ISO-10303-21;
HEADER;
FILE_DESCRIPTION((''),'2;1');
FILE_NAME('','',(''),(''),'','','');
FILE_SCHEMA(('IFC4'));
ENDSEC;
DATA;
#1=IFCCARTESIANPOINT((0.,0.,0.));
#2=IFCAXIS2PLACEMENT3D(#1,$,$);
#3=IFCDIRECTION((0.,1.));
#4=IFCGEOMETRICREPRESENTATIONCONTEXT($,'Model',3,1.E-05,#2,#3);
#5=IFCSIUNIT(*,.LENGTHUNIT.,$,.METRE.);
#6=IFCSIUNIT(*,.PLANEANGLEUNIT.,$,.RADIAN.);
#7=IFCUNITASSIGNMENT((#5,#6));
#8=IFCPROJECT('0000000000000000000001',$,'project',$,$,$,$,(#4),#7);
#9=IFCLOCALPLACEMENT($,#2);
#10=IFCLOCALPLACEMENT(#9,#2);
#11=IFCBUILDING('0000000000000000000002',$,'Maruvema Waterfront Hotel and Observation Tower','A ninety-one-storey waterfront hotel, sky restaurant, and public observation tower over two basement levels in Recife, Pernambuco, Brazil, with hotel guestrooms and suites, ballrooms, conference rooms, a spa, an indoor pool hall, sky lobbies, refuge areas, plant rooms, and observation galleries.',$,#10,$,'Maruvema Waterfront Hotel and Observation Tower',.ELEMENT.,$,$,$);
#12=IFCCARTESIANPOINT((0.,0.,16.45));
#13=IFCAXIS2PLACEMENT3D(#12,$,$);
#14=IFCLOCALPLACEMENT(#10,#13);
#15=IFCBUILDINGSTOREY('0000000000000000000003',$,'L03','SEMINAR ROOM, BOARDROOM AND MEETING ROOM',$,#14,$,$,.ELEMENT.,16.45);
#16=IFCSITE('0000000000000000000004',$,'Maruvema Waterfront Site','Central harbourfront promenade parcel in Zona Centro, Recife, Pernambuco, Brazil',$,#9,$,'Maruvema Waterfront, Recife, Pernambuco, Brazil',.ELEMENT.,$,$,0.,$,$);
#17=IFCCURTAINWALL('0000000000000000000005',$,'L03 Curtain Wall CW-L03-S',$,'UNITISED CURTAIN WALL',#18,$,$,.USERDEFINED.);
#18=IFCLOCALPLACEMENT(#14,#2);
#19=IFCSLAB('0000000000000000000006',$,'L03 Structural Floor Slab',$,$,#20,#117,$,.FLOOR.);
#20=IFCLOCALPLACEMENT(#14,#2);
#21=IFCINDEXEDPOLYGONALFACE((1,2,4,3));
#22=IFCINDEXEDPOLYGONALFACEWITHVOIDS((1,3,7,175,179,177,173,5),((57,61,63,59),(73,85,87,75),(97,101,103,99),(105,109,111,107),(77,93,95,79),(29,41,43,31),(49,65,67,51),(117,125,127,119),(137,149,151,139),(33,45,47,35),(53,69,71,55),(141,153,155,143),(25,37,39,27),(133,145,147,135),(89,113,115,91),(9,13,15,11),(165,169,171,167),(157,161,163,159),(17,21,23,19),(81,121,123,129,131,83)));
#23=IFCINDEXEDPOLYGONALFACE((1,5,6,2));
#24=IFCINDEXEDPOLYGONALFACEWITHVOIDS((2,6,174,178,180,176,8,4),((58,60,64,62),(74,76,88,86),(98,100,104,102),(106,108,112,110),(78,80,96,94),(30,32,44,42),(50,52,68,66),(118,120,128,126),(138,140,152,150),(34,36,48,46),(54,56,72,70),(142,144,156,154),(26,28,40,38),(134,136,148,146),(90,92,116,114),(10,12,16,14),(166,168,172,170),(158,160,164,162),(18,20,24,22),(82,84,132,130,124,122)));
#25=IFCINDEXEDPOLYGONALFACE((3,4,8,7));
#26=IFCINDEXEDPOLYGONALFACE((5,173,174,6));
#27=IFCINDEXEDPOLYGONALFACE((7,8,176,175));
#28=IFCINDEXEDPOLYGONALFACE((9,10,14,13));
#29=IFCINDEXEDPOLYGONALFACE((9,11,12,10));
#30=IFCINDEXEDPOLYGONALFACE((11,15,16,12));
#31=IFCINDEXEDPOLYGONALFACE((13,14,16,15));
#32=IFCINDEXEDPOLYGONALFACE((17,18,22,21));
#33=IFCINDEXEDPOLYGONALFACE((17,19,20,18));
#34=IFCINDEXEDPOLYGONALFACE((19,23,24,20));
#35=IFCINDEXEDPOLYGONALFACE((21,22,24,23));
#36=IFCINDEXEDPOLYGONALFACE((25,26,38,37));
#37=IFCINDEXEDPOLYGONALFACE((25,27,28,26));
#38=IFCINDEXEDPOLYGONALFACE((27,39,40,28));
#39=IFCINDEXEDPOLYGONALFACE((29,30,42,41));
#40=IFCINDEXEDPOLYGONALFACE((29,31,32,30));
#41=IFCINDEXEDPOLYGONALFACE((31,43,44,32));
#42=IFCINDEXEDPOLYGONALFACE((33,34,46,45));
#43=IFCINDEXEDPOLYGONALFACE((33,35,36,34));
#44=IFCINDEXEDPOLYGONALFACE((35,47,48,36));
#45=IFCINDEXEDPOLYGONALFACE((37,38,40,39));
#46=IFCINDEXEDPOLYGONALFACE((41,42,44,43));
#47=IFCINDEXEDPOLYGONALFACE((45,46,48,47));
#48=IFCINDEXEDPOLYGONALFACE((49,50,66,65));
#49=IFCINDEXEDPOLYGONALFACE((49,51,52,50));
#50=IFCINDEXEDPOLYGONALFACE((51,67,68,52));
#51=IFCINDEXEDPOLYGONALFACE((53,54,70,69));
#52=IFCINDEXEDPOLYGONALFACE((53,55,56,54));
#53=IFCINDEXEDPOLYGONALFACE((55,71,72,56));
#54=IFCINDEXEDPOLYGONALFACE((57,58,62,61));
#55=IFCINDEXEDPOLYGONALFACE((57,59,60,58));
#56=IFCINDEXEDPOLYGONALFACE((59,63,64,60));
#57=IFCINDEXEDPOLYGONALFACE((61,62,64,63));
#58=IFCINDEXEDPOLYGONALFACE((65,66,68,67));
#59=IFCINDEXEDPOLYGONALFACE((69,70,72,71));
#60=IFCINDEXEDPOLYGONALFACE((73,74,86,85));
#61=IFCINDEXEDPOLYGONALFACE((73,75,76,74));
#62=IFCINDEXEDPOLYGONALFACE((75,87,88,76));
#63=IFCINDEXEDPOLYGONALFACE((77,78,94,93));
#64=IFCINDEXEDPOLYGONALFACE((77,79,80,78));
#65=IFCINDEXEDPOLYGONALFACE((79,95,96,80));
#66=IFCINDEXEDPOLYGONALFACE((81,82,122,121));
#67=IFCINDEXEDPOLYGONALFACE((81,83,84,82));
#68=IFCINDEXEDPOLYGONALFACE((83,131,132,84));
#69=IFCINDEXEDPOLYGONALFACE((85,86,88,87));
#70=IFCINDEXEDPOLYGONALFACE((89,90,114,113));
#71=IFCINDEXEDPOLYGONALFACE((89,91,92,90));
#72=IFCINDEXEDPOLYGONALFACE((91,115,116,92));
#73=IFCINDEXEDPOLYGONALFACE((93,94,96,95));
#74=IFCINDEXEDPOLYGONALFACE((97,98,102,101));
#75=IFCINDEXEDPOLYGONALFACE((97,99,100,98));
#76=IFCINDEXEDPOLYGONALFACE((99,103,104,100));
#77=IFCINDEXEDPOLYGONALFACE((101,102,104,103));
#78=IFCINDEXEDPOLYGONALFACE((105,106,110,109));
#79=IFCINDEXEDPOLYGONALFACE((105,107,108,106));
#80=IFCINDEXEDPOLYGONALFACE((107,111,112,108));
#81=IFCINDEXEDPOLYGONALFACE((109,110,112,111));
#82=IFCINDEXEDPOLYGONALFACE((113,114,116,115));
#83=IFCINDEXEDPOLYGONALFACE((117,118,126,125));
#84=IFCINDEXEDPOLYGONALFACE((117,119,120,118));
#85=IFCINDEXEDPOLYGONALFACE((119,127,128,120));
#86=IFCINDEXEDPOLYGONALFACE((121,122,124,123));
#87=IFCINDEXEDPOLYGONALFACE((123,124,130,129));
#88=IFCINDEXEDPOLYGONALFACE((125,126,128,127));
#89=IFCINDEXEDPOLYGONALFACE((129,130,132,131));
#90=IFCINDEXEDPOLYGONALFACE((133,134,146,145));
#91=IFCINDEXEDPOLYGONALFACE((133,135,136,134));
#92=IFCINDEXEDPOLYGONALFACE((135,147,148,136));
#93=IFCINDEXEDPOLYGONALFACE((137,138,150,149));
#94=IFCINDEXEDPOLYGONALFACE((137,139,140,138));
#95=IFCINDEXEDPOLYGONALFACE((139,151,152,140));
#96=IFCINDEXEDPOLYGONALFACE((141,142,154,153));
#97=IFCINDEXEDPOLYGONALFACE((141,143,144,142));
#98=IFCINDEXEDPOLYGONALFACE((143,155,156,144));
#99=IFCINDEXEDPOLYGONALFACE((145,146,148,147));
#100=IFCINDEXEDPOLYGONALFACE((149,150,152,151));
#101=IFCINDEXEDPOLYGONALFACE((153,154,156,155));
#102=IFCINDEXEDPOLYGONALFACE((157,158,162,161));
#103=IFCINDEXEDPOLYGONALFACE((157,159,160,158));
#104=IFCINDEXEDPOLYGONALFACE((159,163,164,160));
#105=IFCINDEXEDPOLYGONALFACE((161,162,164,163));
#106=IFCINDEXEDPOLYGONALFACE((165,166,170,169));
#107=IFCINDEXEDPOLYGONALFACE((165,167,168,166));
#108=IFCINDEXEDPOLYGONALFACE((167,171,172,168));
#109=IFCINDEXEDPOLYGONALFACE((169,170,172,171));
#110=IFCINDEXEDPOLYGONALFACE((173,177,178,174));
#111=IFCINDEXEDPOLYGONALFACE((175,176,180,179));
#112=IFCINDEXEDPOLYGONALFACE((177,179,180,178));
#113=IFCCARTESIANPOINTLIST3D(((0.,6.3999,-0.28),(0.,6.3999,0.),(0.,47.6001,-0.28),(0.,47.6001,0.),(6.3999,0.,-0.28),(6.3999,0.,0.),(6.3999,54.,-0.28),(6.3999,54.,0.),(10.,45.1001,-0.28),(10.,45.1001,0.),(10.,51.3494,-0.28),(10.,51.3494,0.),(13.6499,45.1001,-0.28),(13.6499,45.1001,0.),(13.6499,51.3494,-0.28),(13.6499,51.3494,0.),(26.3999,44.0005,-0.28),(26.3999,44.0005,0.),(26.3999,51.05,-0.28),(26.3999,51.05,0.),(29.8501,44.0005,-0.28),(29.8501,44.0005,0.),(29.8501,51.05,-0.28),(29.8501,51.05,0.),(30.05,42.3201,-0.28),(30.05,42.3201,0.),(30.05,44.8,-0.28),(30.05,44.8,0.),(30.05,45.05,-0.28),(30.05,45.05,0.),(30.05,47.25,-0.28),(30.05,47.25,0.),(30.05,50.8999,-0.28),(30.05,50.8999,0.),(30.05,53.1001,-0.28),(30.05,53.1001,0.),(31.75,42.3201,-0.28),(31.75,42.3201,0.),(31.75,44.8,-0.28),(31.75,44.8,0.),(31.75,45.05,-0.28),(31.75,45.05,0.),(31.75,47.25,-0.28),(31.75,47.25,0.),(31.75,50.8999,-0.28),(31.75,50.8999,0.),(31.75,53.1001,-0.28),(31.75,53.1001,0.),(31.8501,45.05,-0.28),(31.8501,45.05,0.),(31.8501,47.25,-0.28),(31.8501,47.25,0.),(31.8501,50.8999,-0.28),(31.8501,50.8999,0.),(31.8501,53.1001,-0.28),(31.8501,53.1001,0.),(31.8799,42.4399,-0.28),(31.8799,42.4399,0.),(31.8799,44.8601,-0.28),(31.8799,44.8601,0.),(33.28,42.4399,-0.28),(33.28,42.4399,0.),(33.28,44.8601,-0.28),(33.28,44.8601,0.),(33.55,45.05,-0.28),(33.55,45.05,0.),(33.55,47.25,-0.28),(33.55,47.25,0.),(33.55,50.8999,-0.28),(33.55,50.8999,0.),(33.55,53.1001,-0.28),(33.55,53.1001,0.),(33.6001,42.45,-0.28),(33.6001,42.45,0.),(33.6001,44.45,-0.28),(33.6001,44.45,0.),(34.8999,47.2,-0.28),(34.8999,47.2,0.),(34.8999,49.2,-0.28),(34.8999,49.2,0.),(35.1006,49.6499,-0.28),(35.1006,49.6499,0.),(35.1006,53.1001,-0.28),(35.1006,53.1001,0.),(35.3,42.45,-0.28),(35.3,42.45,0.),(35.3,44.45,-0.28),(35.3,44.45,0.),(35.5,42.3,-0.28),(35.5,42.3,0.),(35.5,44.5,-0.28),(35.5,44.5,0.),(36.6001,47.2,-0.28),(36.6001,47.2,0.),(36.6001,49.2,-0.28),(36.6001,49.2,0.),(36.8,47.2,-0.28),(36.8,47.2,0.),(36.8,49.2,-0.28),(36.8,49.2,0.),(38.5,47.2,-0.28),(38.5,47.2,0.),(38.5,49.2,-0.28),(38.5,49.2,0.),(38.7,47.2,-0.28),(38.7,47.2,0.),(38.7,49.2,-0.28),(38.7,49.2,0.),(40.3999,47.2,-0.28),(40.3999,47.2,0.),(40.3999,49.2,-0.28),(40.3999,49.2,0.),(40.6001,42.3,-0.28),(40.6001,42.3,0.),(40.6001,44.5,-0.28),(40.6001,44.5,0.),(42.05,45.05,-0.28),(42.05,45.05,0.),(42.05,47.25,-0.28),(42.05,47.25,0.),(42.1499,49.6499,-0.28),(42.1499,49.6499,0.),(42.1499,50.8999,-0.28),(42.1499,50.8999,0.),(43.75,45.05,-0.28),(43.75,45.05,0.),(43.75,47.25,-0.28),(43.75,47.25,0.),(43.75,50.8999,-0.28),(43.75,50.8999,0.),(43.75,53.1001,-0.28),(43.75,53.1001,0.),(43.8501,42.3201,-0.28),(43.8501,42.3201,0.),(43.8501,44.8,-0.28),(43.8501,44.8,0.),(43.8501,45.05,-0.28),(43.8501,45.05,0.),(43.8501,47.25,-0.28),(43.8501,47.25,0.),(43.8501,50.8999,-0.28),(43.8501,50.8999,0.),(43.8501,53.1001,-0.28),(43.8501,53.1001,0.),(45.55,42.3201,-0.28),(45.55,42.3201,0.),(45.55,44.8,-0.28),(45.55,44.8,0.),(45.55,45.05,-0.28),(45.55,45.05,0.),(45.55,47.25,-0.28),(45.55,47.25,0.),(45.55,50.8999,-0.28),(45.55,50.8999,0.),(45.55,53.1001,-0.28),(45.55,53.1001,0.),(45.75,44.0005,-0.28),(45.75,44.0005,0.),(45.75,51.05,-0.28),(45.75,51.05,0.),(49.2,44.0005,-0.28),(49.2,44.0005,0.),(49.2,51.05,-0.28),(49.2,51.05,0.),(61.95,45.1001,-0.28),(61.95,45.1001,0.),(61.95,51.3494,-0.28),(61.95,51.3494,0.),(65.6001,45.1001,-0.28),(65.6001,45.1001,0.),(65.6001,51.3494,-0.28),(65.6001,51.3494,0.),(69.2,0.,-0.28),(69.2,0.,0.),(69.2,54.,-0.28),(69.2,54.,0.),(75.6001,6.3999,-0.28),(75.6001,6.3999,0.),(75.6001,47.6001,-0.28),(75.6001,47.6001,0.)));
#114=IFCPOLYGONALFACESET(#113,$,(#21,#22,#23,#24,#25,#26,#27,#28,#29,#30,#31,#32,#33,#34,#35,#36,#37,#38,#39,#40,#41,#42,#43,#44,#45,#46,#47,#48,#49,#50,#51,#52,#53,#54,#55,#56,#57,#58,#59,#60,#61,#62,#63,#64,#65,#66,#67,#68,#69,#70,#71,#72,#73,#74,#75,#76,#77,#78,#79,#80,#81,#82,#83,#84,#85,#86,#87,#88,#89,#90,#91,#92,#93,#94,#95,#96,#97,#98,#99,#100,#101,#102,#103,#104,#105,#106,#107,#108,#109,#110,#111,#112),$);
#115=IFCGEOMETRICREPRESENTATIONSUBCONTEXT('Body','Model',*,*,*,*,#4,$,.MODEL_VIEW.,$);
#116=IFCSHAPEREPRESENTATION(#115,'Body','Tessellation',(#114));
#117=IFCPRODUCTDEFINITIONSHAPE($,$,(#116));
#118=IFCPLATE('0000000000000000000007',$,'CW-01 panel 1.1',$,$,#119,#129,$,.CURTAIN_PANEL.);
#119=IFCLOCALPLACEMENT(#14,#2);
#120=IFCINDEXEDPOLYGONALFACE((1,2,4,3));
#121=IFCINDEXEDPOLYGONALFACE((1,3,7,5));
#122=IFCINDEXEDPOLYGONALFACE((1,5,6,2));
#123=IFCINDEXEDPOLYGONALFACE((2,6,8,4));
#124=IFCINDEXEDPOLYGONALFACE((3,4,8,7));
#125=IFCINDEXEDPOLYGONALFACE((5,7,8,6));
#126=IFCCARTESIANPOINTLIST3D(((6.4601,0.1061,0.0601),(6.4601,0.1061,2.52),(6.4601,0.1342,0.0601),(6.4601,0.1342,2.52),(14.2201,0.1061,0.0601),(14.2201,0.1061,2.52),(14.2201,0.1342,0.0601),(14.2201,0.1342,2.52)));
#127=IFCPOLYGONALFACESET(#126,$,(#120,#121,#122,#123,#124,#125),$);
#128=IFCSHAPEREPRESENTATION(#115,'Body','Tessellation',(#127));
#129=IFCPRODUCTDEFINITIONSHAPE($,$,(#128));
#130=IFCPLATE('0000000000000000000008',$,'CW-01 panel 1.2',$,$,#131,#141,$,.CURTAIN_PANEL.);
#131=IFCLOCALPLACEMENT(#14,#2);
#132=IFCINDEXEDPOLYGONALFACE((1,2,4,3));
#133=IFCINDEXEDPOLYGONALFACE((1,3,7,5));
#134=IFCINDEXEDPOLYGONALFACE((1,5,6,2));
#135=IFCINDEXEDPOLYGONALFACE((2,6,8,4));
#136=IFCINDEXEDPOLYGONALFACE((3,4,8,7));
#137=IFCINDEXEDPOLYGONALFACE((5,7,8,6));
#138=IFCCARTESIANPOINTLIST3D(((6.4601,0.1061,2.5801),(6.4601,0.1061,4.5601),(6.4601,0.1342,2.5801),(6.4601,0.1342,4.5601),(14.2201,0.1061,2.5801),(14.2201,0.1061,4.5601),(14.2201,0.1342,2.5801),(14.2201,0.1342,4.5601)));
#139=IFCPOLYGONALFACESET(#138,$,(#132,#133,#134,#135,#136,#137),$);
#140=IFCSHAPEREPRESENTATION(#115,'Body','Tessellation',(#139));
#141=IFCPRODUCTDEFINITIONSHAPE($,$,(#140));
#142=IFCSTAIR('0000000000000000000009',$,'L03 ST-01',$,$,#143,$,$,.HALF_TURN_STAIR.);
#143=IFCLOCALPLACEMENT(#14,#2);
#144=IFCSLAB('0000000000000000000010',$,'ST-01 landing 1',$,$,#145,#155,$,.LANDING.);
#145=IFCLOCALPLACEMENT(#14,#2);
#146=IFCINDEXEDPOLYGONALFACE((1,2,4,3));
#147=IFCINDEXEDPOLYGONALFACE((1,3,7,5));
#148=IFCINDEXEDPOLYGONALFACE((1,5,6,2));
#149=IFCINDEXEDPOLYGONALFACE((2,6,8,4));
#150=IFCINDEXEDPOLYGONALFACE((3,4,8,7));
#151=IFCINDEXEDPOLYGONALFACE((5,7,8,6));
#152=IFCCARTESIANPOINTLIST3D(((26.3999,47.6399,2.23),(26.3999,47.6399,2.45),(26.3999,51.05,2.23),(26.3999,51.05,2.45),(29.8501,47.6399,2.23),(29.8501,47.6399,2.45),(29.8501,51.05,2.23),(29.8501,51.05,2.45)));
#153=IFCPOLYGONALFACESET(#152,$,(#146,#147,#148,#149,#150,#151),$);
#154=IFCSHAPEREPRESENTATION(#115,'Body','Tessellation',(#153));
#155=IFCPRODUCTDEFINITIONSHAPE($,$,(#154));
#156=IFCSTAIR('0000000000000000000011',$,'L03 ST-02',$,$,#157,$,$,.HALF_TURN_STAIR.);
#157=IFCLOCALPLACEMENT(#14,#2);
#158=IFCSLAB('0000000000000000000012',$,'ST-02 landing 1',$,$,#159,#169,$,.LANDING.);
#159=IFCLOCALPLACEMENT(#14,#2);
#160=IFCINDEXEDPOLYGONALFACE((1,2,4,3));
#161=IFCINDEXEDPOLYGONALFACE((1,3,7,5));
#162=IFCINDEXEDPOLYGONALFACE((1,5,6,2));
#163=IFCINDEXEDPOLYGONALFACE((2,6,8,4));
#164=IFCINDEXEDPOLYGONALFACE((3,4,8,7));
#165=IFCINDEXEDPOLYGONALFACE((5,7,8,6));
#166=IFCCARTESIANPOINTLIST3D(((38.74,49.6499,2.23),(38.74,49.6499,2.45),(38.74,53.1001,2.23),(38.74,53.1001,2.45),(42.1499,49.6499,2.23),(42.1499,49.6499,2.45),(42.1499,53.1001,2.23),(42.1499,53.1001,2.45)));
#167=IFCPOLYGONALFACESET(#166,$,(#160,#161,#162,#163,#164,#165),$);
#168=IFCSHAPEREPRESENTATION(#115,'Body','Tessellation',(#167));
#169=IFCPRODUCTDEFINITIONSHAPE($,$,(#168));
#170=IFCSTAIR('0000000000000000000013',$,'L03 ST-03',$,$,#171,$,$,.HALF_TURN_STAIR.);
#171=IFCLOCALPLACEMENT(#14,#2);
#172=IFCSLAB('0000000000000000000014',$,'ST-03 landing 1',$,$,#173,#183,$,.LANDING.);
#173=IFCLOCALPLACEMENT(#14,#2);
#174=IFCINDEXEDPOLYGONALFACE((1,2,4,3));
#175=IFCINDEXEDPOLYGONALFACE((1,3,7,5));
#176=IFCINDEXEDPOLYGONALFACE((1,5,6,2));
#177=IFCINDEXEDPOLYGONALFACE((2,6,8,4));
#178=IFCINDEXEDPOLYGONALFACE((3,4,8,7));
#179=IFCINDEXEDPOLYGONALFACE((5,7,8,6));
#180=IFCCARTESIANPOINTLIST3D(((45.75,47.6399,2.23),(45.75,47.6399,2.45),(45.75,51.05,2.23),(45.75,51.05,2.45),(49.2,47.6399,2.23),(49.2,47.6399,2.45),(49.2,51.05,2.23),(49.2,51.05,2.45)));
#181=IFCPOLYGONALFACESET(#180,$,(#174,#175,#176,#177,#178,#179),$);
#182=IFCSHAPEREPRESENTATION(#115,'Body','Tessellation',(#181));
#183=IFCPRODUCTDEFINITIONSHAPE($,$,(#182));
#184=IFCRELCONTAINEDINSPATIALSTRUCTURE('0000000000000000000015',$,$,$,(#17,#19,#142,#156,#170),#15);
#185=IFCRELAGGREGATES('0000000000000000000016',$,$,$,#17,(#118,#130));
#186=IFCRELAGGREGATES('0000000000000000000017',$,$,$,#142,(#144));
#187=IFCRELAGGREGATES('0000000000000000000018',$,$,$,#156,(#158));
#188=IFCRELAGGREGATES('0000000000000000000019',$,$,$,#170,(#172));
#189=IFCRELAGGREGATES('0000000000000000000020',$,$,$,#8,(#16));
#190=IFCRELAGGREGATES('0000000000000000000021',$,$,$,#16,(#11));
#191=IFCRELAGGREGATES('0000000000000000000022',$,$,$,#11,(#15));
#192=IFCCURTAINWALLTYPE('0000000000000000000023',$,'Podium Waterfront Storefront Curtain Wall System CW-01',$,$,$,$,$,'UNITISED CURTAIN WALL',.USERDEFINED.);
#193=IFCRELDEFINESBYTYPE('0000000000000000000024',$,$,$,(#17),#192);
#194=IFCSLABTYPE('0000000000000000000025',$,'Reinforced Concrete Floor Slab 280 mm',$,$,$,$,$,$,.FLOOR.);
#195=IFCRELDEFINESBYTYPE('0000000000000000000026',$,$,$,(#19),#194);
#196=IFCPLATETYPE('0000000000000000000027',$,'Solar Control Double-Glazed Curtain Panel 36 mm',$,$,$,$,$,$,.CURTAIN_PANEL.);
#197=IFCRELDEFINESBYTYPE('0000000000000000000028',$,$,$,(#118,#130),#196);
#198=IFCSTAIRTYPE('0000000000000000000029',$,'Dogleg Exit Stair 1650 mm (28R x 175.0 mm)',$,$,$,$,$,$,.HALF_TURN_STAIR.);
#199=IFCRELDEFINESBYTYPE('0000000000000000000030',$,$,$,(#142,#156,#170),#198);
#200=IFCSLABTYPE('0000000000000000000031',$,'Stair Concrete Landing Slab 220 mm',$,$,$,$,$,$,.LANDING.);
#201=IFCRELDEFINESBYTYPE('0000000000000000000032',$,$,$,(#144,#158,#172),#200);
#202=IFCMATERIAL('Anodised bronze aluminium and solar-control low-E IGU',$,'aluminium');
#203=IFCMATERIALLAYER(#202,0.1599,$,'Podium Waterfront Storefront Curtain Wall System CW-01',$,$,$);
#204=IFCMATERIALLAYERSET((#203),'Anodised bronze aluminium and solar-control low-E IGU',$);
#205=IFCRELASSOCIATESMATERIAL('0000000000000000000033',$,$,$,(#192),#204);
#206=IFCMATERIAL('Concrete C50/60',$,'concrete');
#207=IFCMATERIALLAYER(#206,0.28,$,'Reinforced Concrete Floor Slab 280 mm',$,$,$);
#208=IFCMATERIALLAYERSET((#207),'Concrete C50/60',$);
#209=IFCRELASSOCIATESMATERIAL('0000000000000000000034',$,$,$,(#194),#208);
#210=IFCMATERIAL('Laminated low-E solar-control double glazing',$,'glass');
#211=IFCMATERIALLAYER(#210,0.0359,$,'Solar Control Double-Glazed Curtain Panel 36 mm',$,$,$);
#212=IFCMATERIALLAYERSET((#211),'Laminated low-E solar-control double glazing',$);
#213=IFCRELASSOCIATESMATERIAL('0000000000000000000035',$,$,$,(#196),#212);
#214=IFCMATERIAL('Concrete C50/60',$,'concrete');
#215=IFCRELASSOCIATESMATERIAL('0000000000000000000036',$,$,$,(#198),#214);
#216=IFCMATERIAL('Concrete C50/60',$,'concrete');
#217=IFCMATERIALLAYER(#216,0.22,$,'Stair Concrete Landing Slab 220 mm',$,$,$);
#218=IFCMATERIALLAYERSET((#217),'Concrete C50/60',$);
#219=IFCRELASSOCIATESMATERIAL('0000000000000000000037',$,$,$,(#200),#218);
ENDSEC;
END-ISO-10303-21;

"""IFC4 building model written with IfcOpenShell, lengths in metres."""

from ifc_helpers import new_model, si_unit, direction, frame, origin, origin_2d, place, context, subcontext, project, spatial, polyline, rectangle, outline, extrude, material, layer, layer_set, type_object, element, aggregate, save


model = new_model("IFC4")

# Units and contexts
model_context = context("Model", 3, precision=1e-05, world=origin(), true_north=direction((0.0, 1.0)))
body_context = subcontext(model_context, "Body", "Model", "MODEL_VIEW")
ifc_project = project(units=[si_unit("LENGTHUNIT", "METRE"), si_unit("PLANEANGLEUNIT", "RADIAN")], contexts=[model_context])

# Site, building, storey
site_placement = place(None, origin())
site = spatial("IfcSite", under=ifc_project, at=site_placement, Name="Maruvema Waterfront Site", Description="Central harbourfront promenade parcel in Zona Centro, Recife, Pernambuco, Brazil", LongName="Maruvema Waterfront, Recife, Pernambuco, Brazil", CompositionType="ELEMENT", RefElevation=0.0)
building_placement = place(site_placement, origin())
building = spatial("IfcBuilding", under=site, at=building_placement, Name="Maruvema Waterfront Hotel and Observation Tower", Description="A ninety-one-storey waterfront hotel, sky restaurant, and public observation tower over two basement levels in Recife, Pernambuco, Brazil, with hotel guestrooms and suites, ballrooms, conference rooms, a spa, an indoor pool hall, sky lobbies, refuge areas, plant rooms, and observation galleries.", LongName="Maruvema Waterfront Hotel and Observation Tower", CompositionType="ELEMENT")
storey_placement = place(building_placement, frame((0.0, 0.0, 16.45)))
storey = spatial("IfcBuildingStorey", under=building, at=storey_placement, Name="L03", Description="SEMINAR ROOM, BOARDROOM AND MEETING ROOM", CompositionType="ELEMENT", Elevation=16.45)

# Curtain wall
ifc_material_1 = material(Name="Anodised bronze aluminium and solar-control low-E IGU", Category="aluminium")
ifc_layer_1 = layer(ifc_material_1, 0.1599, Name="Podium Waterfront Storefront Curtain Wall System CW-01")
ifc_layer_set_1 = layer_set([ifc_layer_1], Name="Anodised bronze aluminium and solar-control low-E IGU")
curtain_wall_type = type_object("IfcCurtainWallType", Name="Podium Waterfront Storefront Curtain Wall System CW-01", ElementType="UNITISED CURTAIN WALL", PredefinedType="USERDEFINED", material=ifc_layer_set_1)
curtain_wall_1_placement = place(storey_placement, origin())
curtain_wall_1 = element("IfcCurtainWall", 1, at=curtain_wall_1_placement, inside=storey, type_object=curtain_wall_type, Name="L03 Curtain Wall CW-L03-S", ObjectType="UNITISED CURTAIN WALL", PredefinedType="USERDEFINED")

# Slab
ifc_material_2 = material(Name="Concrete C50/60", Category="concrete")
ifc_layer_2 = layer(ifc_material_2, 0.28, Name="Reinforced Concrete Floor Slab 280 mm")
ifc_layer_set_2 = layer_set([ifc_layer_2], Name="Concrete C50/60")
slab_type_1 = type_object("IfcSlabType", Name="Reinforced Concrete Floor Slab 280 mm", PredefinedType="FLOOR", material=ifc_layer_set_2)
slab_1_placement = place(storey_placement, frame((0.0, 0.0, -0.28)))
element("IfcSlab", 2, at=slab_1_placement, inside=storey, type_object=slab_type_1, Name="L03 Structural Floor Slab", PredefinedType="FLOOR", context=body_context, shape_type="SweptSolid", body=[
    extrude(outline(polyline([(6.3999, 0.0), (69.2, 0.0), (75.6001, 6.3999), (75.6001, 47.6001), (69.2, 54.0), (6.3999, 54.0), (0.0, 47.6001), (0.0, 6.3999), (6.3999, 0.0)]), holes=[polyline([(13.6499, 45.1001), (10.0, 45.1001), (10.0, 51.3494), (13.6499, 51.3494), (13.6499, 45.1001)]), polyline([(26.3999, 51.05), (29.8501, 51.05), (29.8501, 44.0005), (26.3999, 44.0005), (26.3999, 51.05)]), polyline([(30.05, 44.8), (31.75, 44.8), (31.75, 42.3201), (30.05, 42.3201), (30.05, 44.8)]), polyline([(31.75, 47.25), (31.75, 45.05), (30.05, 45.05), (30.05, 47.25), (31.75, 47.25)]), polyline([(31.75, 53.1001), (31.75, 50.8999), (30.05, 50.8999), (30.05, 53.1001), (31.75, 53.1001)]), polyline([(33.28, 44.8601), (33.28, 42.4399), (31.8799, 42.4399), (31.8799, 44.8601), (33.28, 44.8601)]), polyline([(31.8501, 47.25), (33.55, 47.25), (33.55, 45.05), (31.8501, 45.05), (31.8501, 47.25)]), polyline([(31.8501, 53.1001), (33.55, 53.1001), (33.55, 50.8999), (31.8501, 50.8999), (31.8501, 53.1001)]), polyline([(33.6001, 44.45), (35.3, 44.45), (35.3, 42.45), (33.6001, 42.45), (33.6001, 44.45)]), polyline([(36.6001, 49.2), (36.6001, 47.2), (34.8999, 47.2), (34.8999, 49.2), (36.6001, 49.2)]), polyline([(36.8, 49.2), (38.5, 49.2), (38.5, 47.2), (36.8, 47.2), (36.8, 49.2)]), polyline([(35.5, 44.5), (40.6001, 44.5), (40.6001, 42.3), (35.5, 42.3), (35.5, 44.5)]), polyline([(43.75, 50.8999), (42.1499, 50.8999), (42.1499, 49.6499), (35.1006, 49.6499), (35.1006, 53.1001), (43.75, 53.1001), (43.75, 50.8999)]), polyline([(40.3999, 49.2), (40.3999, 47.2), (38.7, 47.2), (38.7, 49.2), (40.3999, 49.2)]), polyline([(43.75, 47.25), (43.75, 45.05), (42.05, 45.05), (42.05, 47.25), (43.75, 47.25)]), polyline([(43.8501, 44.8), (45.55, 44.8), (45.55, 42.3201), (43.8501, 42.3201), (43.8501, 44.8)]), polyline([(45.55, 47.25), (45.55, 45.05), (43.8501, 45.05), (43.8501, 47.25), (45.55, 47.25)]), polyline([(45.55, 53.1001), (45.55, 50.8999), (43.8501, 50.8999), (43.8501, 53.1001), (45.55, 53.1001)]), polyline([(45.75, 44.0005), (45.75, 51.05), (49.2, 51.05), (49.2, 44.0005), (45.75, 44.0005)]), polyline([(65.6001, 45.1001), (61.95, 45.1001), (61.95, 51.3494), (65.6001, 51.3494), (65.6001, 45.1001)])]), origin(), (0.0, 0.0, 1.0), 0.28),
])

# Plates
ifc_material_3 = material(Name="Laminated low-E solar-control double glazing", Category="glass")
ifc_layer_3 = layer(ifc_material_3, 0.0359, Name="Solar Control Double-Glazed Curtain Panel 36 mm")
ifc_layer_set_3 = layer_set([ifc_layer_3], Name="Laminated low-E solar-control double glazing")
plate_type = type_object("IfcPlateType", Name="Solar Control Double-Glazed Curtain Panel 36 mm", PredefinedType="CURTAIN_PANEL", material=ifc_layer_set_3)
plate_1_placement = place(storey_placement, frame((10.3401, 0.1201, 0.0601), z_axis=(0.0, 0.0, 1.0), x_axis=(1.0, 0.0, 0.0)))
plate_1 = element("IfcPlate", 3, at=plate_1_placement, type_object=plate_type, Name="CW-01 panel 1.1", PredefinedType="CURTAIN_PANEL", context=body_context, shape_type="SweptSolid", body=[
    extrude(rectangle(XDim=7.76, YDim=0.0281, at=origin_2d()), origin(), (0.0, 0.0, 1.0), 2.46),
])
plate_2_placement = place(storey_placement, frame((10.3401, 0.1201, 2.5801), z_axis=(0.0, 0.0, 1.0), x_axis=(1.0, 0.0, 0.0)))
plate_2 = element("IfcPlate", 4, at=plate_2_placement, type_object=plate_type, Name="CW-01 panel 1.2", PredefinedType="CURTAIN_PANEL", context=body_context, shape_type="SweptSolid", body=[
    extrude(rectangle(XDim=7.76, YDim=0.0281, at=origin_2d()), origin(), (0.0, 0.0, 1.0), 1.98),
])
aggregate(curtain_wall_1, [plate_1, plate_2])

# Stairs, slabs
ifc_material_4 = material(Name="Concrete C50/60", Category="concrete")
stair_type_1 = type_object("IfcStairType", Name="Dogleg Exit Stair 1650 mm (28R x 175.0 mm)", PredefinedType="HALF_TURN_STAIR", material=ifc_material_4)
stair_1_placement = place(storey_placement, origin())
stair_1 = element("IfcStair", 5, at=stair_1_placement, inside=storey, type_object=stair_type_1, Name="L03 ST-01", PredefinedType="HALF_TURN_STAIR")
ifc_material_5 = material(Name="Concrete C50/60", Category="concrete")
ifc_layer_4 = layer(ifc_material_5, 0.22, Name="Stair Concrete Landing Slab 220 mm")
ifc_layer_set_4 = layer_set([ifc_layer_4], Name="Concrete C50/60")
slab_type_2 = type_object("IfcSlabType", Name="Stair Concrete Landing Slab 220 mm", PredefinedType="LANDING", material=ifc_layer_set_4)
slab_2_placement = place(storey_placement, frame((0.0, 0.0, 2.23)))
slab_2 = element("IfcSlab", 6, at=slab_2_placement, type_object=slab_type_2, Name="ST-01 landing 1", PredefinedType="LANDING", context=body_context, shape_type="SweptSolid", body=[
    extrude(outline(polyline([(29.8501, 47.6399), (29.8501, 51.05), (26.3999, 51.05), (26.3999, 47.6399), (29.8501, 47.6399)])), origin(), (0.0, 0.0, 1.0), 0.22),
])
aggregate(stair_1, [slab_2])
stair_2_placement = place(storey_placement, origin())
stair_2 = element("IfcStair", 7, at=stair_2_placement, inside=storey, type_object=stair_type_1, Name="L03 ST-02", PredefinedType="HALF_TURN_STAIR")
slab_3_placement = place(storey_placement, frame((0.0, 0.0, 2.23)))
slab_3 = element("IfcSlab", 8, at=slab_3_placement, type_object=slab_type_2, Name="ST-02 landing 1", PredefinedType="LANDING", context=body_context, shape_type="SweptSolid", body=[
    extrude(outline(polyline([(38.74, 49.6499), (42.1499, 49.6499), (42.1499, 53.1001), (38.74, 53.1001), (38.74, 49.6499)])), origin(), (0.0, 0.0, 1.0), 0.22),
])
aggregate(stair_2, [slab_3])
stair_3_placement = place(storey_placement, origin())
stair_3 = element("IfcStair", 9, at=stair_3_placement, inside=storey, type_object=stair_type_1, Name="L03 ST-03", PredefinedType="HALF_TURN_STAIR")
slab_4_placement = place(storey_placement, frame((0.0, 0.0, 2.23)))
slab_4 = element("IfcSlab", 10, at=slab_4_placement, type_object=slab_type_2, Name="ST-03 landing 1", PredefinedType="LANDING", context=body_context, shape_type="SweptSolid", body=[
    extrude(outline(polyline([(49.2, 47.6399), (49.2, 51.05), (45.75, 51.05), (45.75, 47.6399), (49.2, 47.6399)])), origin(), (0.0, 0.0, 1.0), 0.22),
])
aggregate(stair_3, [slab_4])

save(model, "model.ifc")
